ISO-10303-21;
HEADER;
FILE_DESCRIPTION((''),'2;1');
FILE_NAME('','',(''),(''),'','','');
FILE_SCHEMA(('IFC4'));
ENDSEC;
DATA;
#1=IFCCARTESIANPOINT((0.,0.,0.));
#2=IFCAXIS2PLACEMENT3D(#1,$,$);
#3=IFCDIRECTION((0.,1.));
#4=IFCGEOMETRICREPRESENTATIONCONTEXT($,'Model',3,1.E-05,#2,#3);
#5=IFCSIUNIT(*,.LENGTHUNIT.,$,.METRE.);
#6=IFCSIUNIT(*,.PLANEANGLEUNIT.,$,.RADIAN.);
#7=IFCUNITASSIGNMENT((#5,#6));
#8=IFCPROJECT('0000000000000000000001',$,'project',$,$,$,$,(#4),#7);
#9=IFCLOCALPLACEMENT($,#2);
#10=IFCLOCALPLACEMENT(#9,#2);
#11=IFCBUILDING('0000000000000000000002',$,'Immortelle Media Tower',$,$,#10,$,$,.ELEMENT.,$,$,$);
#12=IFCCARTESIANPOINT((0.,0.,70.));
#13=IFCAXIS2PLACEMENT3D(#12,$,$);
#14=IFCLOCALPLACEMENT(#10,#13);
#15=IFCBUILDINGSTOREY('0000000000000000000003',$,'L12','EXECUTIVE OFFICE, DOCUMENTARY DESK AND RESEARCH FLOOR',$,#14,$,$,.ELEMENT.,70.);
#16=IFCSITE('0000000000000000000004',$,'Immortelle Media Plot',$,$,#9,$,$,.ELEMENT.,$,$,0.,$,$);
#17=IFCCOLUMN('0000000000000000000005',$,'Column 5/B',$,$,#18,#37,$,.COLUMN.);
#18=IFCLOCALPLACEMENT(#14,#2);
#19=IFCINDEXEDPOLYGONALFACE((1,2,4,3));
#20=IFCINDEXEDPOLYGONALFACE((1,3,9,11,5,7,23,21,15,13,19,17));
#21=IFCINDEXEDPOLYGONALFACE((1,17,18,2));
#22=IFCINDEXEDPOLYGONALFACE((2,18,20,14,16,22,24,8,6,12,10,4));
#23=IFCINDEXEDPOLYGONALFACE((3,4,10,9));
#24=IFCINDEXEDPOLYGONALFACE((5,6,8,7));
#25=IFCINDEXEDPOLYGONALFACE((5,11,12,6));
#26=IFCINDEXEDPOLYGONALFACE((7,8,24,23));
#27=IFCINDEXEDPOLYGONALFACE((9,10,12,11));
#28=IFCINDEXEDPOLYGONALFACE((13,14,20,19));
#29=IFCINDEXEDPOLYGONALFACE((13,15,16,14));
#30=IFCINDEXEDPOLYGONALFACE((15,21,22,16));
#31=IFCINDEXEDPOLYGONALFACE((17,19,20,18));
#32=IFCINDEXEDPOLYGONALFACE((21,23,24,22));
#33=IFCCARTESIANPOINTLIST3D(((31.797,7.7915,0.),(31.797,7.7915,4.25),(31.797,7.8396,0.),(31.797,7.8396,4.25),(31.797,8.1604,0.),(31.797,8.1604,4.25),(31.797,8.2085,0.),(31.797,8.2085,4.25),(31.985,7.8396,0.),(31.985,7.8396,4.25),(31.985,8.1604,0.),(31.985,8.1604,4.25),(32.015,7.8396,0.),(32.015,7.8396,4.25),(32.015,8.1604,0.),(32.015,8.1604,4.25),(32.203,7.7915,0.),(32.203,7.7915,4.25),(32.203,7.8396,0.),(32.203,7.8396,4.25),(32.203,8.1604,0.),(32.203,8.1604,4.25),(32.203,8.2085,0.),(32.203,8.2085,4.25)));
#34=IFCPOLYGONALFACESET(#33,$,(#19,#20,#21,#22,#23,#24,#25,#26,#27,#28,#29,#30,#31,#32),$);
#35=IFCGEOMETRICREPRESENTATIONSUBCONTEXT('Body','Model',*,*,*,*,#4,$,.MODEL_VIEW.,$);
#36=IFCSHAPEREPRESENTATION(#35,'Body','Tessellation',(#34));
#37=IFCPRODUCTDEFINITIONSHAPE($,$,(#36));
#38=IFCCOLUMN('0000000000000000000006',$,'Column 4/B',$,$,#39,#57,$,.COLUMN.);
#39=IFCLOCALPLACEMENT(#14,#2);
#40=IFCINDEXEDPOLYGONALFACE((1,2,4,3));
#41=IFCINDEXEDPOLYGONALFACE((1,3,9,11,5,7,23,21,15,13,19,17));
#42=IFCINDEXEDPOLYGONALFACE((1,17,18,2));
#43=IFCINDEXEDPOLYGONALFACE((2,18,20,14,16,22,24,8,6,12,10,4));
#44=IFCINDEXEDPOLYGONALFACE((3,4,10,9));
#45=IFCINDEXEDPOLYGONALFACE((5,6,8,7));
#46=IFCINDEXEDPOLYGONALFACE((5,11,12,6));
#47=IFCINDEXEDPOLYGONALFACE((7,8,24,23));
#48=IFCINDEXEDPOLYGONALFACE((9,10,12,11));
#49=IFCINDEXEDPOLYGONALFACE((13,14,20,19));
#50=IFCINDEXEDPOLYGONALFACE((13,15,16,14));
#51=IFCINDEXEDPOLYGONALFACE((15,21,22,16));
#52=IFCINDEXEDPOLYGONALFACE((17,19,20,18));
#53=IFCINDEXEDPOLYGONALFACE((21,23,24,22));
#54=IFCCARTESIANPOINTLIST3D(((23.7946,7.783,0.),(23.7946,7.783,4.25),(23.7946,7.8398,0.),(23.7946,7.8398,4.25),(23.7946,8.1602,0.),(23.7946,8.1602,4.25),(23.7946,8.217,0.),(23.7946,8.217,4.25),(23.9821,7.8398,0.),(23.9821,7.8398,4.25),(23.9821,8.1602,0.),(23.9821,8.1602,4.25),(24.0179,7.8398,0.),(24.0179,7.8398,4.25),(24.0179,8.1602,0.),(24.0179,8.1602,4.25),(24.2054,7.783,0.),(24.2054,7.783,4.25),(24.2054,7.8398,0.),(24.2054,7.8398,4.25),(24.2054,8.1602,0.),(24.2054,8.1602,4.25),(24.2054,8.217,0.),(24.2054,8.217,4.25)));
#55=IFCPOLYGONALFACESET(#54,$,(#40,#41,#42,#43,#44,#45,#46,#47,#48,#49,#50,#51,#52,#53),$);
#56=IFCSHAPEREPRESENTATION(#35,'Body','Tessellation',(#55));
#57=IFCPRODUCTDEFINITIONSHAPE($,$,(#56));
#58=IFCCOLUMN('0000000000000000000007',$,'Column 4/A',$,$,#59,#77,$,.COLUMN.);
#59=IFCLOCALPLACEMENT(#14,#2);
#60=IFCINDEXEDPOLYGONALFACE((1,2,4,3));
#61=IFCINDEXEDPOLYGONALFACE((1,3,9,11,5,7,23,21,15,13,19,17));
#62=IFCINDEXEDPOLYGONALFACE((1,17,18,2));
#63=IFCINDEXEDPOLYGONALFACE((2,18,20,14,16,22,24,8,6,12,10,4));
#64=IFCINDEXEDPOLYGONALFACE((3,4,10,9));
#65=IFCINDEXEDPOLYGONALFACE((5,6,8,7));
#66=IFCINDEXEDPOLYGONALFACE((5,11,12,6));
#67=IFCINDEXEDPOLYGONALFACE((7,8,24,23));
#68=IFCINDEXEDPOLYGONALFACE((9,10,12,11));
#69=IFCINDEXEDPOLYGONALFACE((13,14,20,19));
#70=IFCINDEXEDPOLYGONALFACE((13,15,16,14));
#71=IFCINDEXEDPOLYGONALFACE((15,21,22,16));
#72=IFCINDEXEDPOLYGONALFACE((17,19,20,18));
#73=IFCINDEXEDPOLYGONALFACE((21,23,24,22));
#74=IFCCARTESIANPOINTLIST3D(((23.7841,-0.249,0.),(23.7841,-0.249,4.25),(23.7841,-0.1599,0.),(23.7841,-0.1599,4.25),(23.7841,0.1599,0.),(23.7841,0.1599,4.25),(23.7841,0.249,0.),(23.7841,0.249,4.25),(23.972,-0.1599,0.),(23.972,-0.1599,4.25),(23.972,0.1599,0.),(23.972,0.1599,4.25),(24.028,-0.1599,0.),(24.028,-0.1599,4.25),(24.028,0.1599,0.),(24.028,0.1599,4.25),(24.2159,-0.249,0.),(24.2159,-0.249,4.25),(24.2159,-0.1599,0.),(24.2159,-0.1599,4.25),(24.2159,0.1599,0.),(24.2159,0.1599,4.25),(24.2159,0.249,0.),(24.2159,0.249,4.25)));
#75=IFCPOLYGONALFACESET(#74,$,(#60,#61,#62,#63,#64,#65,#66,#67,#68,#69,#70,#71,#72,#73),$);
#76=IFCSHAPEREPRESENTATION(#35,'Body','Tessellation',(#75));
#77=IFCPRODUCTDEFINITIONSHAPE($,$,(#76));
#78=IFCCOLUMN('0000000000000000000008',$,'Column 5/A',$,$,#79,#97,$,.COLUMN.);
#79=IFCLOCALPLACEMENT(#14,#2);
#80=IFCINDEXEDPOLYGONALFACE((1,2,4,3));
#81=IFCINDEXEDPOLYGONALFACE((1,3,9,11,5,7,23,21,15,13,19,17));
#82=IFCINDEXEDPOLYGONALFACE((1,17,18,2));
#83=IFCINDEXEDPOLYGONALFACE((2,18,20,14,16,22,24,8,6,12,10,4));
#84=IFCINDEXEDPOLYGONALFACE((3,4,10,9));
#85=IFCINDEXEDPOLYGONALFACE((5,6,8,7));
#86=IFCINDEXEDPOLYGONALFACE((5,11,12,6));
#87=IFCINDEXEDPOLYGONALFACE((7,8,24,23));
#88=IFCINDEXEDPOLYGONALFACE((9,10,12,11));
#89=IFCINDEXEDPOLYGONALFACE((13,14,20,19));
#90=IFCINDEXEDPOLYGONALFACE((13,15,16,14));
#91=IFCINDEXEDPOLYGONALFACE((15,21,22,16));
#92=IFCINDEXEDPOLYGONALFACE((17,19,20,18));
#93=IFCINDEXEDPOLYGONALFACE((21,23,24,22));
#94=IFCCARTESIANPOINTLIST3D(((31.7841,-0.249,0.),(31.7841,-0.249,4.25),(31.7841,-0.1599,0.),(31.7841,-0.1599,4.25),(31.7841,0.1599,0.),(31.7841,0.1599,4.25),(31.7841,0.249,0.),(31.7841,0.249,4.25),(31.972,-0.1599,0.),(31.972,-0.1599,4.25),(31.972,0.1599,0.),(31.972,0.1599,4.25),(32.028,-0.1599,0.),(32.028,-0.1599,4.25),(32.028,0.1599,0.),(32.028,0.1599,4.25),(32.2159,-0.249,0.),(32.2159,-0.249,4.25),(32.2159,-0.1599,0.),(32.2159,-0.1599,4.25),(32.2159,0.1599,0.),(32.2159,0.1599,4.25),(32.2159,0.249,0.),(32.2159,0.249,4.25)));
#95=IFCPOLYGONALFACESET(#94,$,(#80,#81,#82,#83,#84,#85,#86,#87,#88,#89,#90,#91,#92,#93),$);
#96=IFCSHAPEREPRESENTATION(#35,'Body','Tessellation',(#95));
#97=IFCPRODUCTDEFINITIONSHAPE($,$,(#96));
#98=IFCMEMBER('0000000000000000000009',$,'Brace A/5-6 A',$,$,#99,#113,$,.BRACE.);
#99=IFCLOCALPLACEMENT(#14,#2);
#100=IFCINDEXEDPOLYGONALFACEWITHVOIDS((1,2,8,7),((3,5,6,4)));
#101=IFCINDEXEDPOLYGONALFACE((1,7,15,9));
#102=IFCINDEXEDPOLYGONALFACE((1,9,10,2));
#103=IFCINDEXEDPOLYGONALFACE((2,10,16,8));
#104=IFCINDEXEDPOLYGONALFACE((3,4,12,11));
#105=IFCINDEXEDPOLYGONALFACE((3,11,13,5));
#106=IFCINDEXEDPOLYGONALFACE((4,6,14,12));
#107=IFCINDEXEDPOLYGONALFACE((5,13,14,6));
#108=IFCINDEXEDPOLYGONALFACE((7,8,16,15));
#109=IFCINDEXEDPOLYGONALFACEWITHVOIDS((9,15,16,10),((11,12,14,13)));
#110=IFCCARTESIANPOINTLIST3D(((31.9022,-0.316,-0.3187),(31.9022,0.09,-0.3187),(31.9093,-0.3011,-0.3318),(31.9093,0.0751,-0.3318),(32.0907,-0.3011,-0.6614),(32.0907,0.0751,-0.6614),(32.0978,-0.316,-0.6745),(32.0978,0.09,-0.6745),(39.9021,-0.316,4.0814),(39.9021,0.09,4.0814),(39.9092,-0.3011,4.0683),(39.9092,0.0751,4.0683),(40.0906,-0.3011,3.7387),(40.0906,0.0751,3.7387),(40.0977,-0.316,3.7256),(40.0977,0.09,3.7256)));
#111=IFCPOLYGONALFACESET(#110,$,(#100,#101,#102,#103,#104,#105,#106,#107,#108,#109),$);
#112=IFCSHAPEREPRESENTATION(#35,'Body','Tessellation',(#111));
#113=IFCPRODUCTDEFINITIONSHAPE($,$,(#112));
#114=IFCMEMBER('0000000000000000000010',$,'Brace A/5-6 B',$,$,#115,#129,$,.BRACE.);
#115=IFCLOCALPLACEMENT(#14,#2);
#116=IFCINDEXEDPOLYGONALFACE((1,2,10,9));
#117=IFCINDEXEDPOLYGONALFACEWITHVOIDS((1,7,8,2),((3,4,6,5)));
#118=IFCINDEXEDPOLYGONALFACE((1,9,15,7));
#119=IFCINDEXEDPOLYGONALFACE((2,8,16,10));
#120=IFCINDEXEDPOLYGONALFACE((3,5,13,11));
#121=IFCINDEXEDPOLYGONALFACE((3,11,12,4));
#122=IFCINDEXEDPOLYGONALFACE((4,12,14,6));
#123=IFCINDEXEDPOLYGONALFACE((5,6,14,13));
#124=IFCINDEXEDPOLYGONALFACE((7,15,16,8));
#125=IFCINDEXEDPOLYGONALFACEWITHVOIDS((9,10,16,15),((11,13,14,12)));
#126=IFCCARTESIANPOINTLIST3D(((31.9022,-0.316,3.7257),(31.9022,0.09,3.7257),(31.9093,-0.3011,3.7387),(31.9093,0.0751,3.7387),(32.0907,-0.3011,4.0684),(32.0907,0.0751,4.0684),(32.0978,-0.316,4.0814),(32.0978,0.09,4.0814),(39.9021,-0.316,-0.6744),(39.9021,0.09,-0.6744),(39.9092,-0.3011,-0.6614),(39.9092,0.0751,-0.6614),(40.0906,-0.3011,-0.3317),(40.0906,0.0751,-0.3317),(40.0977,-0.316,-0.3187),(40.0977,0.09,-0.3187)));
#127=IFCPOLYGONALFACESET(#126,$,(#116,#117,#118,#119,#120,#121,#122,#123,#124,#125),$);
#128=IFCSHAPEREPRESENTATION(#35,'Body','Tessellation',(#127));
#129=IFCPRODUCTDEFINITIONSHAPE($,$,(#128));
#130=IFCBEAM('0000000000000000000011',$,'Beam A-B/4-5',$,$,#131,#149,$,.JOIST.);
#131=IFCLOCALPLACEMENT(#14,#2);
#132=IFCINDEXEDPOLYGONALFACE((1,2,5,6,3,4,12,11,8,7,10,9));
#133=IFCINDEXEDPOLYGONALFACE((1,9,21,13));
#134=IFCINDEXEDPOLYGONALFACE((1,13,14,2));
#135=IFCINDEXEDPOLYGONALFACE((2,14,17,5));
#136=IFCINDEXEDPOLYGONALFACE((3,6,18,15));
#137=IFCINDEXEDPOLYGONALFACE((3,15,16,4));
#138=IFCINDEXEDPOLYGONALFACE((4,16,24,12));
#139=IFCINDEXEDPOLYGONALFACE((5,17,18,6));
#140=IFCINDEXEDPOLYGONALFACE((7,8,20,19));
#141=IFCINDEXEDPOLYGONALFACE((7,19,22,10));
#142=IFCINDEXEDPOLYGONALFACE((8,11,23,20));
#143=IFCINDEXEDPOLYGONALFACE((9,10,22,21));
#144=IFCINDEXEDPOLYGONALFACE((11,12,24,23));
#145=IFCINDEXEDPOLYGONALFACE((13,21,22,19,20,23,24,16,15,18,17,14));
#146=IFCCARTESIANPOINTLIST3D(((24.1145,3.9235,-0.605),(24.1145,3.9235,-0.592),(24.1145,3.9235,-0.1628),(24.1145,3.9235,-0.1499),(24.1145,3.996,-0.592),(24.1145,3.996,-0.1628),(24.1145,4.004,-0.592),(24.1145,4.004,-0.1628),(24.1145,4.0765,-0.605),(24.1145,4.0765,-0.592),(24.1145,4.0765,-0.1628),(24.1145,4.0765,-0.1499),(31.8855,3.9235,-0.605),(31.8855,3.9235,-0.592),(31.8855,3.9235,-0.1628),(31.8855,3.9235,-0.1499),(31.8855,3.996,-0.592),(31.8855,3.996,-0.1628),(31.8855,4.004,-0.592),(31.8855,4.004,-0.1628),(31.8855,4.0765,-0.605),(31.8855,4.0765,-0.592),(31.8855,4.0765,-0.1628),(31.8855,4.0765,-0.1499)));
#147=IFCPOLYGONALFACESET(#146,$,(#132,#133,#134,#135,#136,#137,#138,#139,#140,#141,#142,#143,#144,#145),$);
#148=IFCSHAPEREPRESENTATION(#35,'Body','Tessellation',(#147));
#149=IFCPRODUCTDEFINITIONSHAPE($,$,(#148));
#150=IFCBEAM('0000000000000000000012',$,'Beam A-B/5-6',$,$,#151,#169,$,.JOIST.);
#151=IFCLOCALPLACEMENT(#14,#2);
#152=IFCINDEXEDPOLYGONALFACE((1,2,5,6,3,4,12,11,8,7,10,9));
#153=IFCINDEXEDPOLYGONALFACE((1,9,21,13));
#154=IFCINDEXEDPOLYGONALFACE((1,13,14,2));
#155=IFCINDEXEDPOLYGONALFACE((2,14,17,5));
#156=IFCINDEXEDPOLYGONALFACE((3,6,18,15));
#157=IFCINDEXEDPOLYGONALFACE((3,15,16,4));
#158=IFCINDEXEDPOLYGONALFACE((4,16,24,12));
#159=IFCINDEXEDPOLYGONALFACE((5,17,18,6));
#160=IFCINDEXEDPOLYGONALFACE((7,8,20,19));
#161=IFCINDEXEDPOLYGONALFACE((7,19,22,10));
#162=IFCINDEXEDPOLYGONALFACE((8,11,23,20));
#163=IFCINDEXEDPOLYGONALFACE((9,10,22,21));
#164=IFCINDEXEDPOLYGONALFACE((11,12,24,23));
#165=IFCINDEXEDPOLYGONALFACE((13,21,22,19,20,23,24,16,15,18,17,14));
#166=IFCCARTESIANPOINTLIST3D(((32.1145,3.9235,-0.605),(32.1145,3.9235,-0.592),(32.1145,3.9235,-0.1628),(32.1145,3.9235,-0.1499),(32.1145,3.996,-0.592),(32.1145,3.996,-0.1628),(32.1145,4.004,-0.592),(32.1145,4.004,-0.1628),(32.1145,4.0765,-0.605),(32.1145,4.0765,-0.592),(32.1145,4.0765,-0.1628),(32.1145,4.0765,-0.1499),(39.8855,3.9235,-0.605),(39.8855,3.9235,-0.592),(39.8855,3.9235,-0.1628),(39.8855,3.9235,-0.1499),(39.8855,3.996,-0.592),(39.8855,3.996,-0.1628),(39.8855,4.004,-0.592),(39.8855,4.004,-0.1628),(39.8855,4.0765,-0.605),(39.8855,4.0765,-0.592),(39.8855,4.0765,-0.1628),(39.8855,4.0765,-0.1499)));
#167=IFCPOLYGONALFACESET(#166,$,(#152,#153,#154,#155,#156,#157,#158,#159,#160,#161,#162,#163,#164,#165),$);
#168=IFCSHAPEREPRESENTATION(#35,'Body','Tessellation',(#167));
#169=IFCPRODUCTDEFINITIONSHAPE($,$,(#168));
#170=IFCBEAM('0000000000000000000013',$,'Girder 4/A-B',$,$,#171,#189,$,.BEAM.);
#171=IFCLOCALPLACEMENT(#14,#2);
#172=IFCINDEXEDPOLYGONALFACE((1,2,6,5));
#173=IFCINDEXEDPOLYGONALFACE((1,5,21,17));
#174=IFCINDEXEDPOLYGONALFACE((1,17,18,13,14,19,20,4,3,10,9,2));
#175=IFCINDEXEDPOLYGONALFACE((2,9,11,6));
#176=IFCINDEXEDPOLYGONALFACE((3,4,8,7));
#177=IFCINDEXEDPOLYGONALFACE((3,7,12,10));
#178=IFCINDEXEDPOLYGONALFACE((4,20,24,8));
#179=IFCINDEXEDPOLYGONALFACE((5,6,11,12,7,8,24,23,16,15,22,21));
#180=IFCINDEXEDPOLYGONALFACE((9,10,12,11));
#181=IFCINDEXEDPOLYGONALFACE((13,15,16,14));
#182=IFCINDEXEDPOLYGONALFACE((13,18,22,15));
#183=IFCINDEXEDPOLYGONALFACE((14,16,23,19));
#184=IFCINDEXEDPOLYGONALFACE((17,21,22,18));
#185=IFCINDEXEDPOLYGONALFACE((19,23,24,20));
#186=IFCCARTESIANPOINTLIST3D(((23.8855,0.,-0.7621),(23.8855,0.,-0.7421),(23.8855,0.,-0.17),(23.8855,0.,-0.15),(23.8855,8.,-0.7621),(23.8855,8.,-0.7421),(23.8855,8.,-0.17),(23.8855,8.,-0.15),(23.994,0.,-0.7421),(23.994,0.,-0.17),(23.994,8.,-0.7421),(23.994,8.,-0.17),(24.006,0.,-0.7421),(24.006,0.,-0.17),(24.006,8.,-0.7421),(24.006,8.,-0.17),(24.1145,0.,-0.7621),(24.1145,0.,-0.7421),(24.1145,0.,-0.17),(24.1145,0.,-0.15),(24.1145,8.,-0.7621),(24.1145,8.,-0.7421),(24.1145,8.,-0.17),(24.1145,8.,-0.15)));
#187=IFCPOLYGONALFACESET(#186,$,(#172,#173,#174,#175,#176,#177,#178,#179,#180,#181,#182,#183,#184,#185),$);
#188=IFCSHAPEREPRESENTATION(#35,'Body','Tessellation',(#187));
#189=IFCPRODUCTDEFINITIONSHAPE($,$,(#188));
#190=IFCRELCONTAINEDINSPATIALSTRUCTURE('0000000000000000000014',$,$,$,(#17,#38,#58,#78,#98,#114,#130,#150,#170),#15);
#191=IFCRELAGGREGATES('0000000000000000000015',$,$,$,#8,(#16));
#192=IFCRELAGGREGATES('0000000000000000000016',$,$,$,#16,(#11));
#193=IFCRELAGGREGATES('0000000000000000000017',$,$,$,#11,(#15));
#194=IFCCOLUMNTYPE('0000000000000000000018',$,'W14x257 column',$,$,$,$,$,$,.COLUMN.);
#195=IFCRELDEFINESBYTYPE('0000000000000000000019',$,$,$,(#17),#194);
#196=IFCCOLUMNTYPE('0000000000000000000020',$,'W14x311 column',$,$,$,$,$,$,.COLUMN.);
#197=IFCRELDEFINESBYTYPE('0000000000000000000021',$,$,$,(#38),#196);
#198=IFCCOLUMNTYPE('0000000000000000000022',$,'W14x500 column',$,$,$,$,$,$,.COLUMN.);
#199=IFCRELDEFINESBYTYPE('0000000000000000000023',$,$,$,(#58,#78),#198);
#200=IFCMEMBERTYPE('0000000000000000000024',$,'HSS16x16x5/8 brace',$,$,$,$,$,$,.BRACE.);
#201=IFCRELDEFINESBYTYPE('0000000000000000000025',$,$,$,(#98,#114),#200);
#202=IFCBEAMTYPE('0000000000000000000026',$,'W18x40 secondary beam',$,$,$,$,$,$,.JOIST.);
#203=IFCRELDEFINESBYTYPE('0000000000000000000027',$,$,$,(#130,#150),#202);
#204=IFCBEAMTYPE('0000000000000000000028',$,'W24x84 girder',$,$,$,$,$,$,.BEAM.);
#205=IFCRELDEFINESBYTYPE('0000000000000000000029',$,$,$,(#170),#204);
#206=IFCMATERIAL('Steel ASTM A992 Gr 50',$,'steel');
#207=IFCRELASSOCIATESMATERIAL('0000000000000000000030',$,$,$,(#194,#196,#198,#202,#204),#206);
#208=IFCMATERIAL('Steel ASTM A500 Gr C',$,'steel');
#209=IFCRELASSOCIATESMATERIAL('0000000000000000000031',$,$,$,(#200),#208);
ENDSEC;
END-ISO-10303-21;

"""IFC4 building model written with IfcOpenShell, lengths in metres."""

from ifc_helpers import new_model, si_unit, direction, frame, origin, origin_2d, place, context, subcontext, project, spatial, hollow_rectangle, i_section, extrude, material, material_profile, profile_set, type_object, element, save


model = new_model("IFC4")

# Units and contexts
model_context = context("Model", 3, precision=1e-05, world=origin(), true_north=direction((0.0, 1.0)))
body_context = subcontext(model_context, "Body", "Model", "MODEL_VIEW")
ifc_project = project(units=[si_unit("LENGTHUNIT", "METRE"), si_unit("PLANEANGLEUNIT", "RADIAN")], contexts=[model_context])

# Site, building, storey
site_placement = place(None, origin())
site = spatial("IfcSite", under=ifc_project, at=site_placement, Name="Immortelle Media Plot", CompositionType="ELEMENT", RefElevation=0.0)
building_placement = place(site_placement, origin())
building = spatial("IfcBuilding", under=site, at=building_placement, Name="Immortelle Media Tower", CompositionType="ELEMENT")
storey_placement = place(building_placement, frame((0.0, 0.0, 70.0)))
storey = spatial("IfcBuildingStorey", under=building, at=storey_placement, Name="L12", Description="EXECUTIVE OFFICE, DOCUMENTARY DESK AND RESEARCH FLOOR", CompositionType="ELEMENT", Elevation=70.0)

# Columns
ifc_material_1 = material(Name="Steel ASTM A992 Gr 50", Category="steel")
ifc_material_profile_1 = material_profile(ifc_material_1, i_section(OverallWidth=0.406, OverallDepth=0.417, WebThickness=0.03, FlangeThickness=0.0481, at=origin_2d()), Name="W14x257")
ifc_profile_set_1 = profile_set([ifc_material_profile_1], Name="Steel ASTM A992 Gr 50")
column_type_1 = type_object("IfcColumnType", Name="W14x257 column", PredefinedType="COLUMN", material=ifc_profile_set_1)
column_1_placement = place(storey_placement, frame((32.0, 8.0, 0.0), z_axis=(0.0, 0.0, 1.0), x_axis=(1.0, 0.0, 0.0)))
element("IfcColumn", 1, at=column_1_placement, inside=storey, type_object=column_type_1, Name="Column 5/B", PredefinedType="COLUMN", context=body_context, shape_type="SweptSolid", body=[
    extrude(i_section(OverallWidth=0.406, OverallDepth=0.417, WebThickness=0.03, FlangeThickness=0.0481, at=origin_2d()), origin(), (0.0, 0.0, 1.0), 4.25),
])
ifc_material_profile_2 = material_profile(ifc_material_1, i_section(OverallWidth=0.4109, OverallDepth=0.4341, WebThickness=0.0359, FlangeThickness=0.0569, at=origin_2d()), Name="W14x311")
ifc_profile_set_2 = profile_set([ifc_material_profile_2], Name="Steel ASTM A992 Gr 50")
column_type_2 = type_object("IfcColumnType", Name="W14x311 column", PredefinedType="COLUMN", material=ifc_profile_set_2)
column_2_placement = place(storey_placement, frame((24.0, 8.0, 0.0), z_axis=(0.0, 0.0, 1.0), x_axis=(1.0, 0.0, 0.0)))
element("IfcColumn", 2, at=column_2_placement, inside=storey, type_object=column_type_2, Name="Column 4/B", PredefinedType="COLUMN", context=body_context, shape_type="SweptSolid", body=[
    extrude(i_section(OverallWidth=0.4109, OverallDepth=0.4341, WebThickness=0.0359, FlangeThickness=0.0569, at=origin_2d()), origin(), (0.0, 0.0, 1.0), 4.25),
])
ifc_material_profile_3 = material_profile(ifc_material_1, i_section(OverallWidth=0.4319, OverallDepth=0.498, WebThickness=0.0559, FlangeThickness=0.0891, at=origin_2d()), Name="W14x500")
ifc_profile_set_3 = profile_set([ifc_material_profile_3], Name="Steel ASTM A992 Gr 50")
column_type_3 = type_object("IfcColumnType", Name="W14x500 column", PredefinedType="COLUMN", material=ifc_profile_set_3)
for number, where, z_axis, x_axis, name in (
    (3, (24.0, 0.0, 0.0), (0.0, 0.0, 1.0), (1.0, 0.0, 0.0), "Column 4/A"),
    (4, (32.0, 0.0, 0.0), (0.0, 0.0, 1.0), (1.0, 0.0, 0.0), "Column 5/A"),
):
    element("IfcColumn", number, at=place(storey_placement, frame(where, z_axis=z_axis, x_axis=x_axis)), inside=storey, type_object=column_type_3, Name=name, PredefinedType="COLUMN", context=body_context, shape_type="SweptSolid", body=[
        extrude(i_section(OverallWidth=0.4319, OverallDepth=0.498, WebThickness=0.0559, FlangeThickness=0.0891, at=origin_2d()), origin(), (0.0, 0.0, 1.0), 4.25),
    ])

# Members
ifc_material_2 = material(Name="Steel ASTM A500 Gr C", Category="steel")
ifc_material_profile_4 = material_profile(ifc_material_2, hollow_rectangle(XDim=0.406, YDim=0.406, WallThickness=0.0149, at=origin_2d()), Name="HSS16x16x5/8 brace")
ifc_profile_set_4 = profile_set([ifc_material_profile_4], Name="Steel ASTM A500 Gr C")
member_type = type_object("IfcMemberType", Name="HSS16x16x5/8 brace", PredefinedType="BRACE", material=ifc_profile_set_4)
for number, where, z_axis, x_axis, name in (
    (5, (32.0, -0.113, -0.4966), (0.876209, 0.0, 0.481931), (0.0, 1.0, 0.0), "Brace A/5-6 A"),
    (6, (32.0, -0.113, 3.9036), (0.876209, 0.0, -0.481931), (0.0, 1.0, 0.0), "Brace A/5-6 B"),
):
    element("IfcMember", number, at=place(storey_placement, frame(where, z_axis=z_axis, x_axis=x_axis)), inside=storey, type_object=member_type, Name=name, PredefinedType="BRACE", context=body_context, shape_type="SweptSolid", body=[
        extrude(hollow_rectangle(XDim=0.406, YDim=0.406, WallThickness=0.0149, at=origin_2d()), origin(), (0.0, 0.0, 1.0), 9.1301),
    ])

# Beams
ifc_material_profile_5 = material_profile(ifc_material_1, i_section(OverallWidth=0.1531, OverallDepth=0.4551, WebThickness=0.0081, FlangeThickness=0.0129, at=origin_2d()), Name="W18x40")
ifc_profile_set_5 = profile_set([ifc_material_profile_5], Name="Steel ASTM A992 Gr 50")
beam_type_1 = type_object("IfcBeamType", Name="W18x40 secondary beam", PredefinedType="JOIST", material=ifc_profile_set_5)
for number, where, z_axis, x_axis, name in (
    (7, (24.1145, 4.0, -0.3774), (1.0, 0.0, 0.0), (0.0, 1.0, 0.0), "Beam A-B/4-5"),
    (8, (32.1145, 4.0, -0.3774), (1.0, 0.0, 0.0), (0.0, 1.0, 0.0), "Beam A-B/5-6"),
):
    element("IfcBeam", number, at=place(storey_placement, frame(where, z_axis=z_axis, x_axis=x_axis)), inside=storey, type_object=beam_type_1, Name=name, PredefinedType="JOIST", context=body_context, shape_type="SweptSolid", body=[
        extrude(i_section(OverallWidth=0.1531, OverallDepth=0.4551, WebThickness=0.0081, FlangeThickness=0.0129, at=origin_2d()), origin(), (0.0, 0.0, 1.0), 7.771),
    ])
ifc_material_profile_6 = material_profile(ifc_material_1, i_section(OverallWidth=0.229, OverallDepth=0.6121, WebThickness=0.012, FlangeThickness=0.02, at=origin_2d()), Name="W24x84")
ifc_profile_set_6 = profile_set([ifc_material_profile_6], Name="Steel ASTM A992 Gr 50")
beam_type_2 = type_object("IfcBeamType", Name="W24x84 girder", PredefinedType="BEAM", material=ifc_profile_set_6)
for number, where, z_axis, x_axis, name in (
    (9, (24.0, 0.0, -0.4561), (0.0, 1.0, 0.0), (-1.0, 0.0, 0.0), "Girder 4/A-B"),
):
    element("IfcBeam", number, at=place(storey_placement, frame(where, z_axis=z_axis, x_axis=x_axis)), inside=storey, type_object=beam_type_2, Name=name, PredefinedType="BEAM", context=body_context, shape_type="SweptSolid", body=[
        extrude(i_section(OverallWidth=0.229, OverallDepth=0.6121, WebThickness=0.012, FlangeThickness=0.02, at=origin_2d()), origin(), (0.0, 0.0, 1.0), 8.0),
    ])

save(model, "model.ifc")
